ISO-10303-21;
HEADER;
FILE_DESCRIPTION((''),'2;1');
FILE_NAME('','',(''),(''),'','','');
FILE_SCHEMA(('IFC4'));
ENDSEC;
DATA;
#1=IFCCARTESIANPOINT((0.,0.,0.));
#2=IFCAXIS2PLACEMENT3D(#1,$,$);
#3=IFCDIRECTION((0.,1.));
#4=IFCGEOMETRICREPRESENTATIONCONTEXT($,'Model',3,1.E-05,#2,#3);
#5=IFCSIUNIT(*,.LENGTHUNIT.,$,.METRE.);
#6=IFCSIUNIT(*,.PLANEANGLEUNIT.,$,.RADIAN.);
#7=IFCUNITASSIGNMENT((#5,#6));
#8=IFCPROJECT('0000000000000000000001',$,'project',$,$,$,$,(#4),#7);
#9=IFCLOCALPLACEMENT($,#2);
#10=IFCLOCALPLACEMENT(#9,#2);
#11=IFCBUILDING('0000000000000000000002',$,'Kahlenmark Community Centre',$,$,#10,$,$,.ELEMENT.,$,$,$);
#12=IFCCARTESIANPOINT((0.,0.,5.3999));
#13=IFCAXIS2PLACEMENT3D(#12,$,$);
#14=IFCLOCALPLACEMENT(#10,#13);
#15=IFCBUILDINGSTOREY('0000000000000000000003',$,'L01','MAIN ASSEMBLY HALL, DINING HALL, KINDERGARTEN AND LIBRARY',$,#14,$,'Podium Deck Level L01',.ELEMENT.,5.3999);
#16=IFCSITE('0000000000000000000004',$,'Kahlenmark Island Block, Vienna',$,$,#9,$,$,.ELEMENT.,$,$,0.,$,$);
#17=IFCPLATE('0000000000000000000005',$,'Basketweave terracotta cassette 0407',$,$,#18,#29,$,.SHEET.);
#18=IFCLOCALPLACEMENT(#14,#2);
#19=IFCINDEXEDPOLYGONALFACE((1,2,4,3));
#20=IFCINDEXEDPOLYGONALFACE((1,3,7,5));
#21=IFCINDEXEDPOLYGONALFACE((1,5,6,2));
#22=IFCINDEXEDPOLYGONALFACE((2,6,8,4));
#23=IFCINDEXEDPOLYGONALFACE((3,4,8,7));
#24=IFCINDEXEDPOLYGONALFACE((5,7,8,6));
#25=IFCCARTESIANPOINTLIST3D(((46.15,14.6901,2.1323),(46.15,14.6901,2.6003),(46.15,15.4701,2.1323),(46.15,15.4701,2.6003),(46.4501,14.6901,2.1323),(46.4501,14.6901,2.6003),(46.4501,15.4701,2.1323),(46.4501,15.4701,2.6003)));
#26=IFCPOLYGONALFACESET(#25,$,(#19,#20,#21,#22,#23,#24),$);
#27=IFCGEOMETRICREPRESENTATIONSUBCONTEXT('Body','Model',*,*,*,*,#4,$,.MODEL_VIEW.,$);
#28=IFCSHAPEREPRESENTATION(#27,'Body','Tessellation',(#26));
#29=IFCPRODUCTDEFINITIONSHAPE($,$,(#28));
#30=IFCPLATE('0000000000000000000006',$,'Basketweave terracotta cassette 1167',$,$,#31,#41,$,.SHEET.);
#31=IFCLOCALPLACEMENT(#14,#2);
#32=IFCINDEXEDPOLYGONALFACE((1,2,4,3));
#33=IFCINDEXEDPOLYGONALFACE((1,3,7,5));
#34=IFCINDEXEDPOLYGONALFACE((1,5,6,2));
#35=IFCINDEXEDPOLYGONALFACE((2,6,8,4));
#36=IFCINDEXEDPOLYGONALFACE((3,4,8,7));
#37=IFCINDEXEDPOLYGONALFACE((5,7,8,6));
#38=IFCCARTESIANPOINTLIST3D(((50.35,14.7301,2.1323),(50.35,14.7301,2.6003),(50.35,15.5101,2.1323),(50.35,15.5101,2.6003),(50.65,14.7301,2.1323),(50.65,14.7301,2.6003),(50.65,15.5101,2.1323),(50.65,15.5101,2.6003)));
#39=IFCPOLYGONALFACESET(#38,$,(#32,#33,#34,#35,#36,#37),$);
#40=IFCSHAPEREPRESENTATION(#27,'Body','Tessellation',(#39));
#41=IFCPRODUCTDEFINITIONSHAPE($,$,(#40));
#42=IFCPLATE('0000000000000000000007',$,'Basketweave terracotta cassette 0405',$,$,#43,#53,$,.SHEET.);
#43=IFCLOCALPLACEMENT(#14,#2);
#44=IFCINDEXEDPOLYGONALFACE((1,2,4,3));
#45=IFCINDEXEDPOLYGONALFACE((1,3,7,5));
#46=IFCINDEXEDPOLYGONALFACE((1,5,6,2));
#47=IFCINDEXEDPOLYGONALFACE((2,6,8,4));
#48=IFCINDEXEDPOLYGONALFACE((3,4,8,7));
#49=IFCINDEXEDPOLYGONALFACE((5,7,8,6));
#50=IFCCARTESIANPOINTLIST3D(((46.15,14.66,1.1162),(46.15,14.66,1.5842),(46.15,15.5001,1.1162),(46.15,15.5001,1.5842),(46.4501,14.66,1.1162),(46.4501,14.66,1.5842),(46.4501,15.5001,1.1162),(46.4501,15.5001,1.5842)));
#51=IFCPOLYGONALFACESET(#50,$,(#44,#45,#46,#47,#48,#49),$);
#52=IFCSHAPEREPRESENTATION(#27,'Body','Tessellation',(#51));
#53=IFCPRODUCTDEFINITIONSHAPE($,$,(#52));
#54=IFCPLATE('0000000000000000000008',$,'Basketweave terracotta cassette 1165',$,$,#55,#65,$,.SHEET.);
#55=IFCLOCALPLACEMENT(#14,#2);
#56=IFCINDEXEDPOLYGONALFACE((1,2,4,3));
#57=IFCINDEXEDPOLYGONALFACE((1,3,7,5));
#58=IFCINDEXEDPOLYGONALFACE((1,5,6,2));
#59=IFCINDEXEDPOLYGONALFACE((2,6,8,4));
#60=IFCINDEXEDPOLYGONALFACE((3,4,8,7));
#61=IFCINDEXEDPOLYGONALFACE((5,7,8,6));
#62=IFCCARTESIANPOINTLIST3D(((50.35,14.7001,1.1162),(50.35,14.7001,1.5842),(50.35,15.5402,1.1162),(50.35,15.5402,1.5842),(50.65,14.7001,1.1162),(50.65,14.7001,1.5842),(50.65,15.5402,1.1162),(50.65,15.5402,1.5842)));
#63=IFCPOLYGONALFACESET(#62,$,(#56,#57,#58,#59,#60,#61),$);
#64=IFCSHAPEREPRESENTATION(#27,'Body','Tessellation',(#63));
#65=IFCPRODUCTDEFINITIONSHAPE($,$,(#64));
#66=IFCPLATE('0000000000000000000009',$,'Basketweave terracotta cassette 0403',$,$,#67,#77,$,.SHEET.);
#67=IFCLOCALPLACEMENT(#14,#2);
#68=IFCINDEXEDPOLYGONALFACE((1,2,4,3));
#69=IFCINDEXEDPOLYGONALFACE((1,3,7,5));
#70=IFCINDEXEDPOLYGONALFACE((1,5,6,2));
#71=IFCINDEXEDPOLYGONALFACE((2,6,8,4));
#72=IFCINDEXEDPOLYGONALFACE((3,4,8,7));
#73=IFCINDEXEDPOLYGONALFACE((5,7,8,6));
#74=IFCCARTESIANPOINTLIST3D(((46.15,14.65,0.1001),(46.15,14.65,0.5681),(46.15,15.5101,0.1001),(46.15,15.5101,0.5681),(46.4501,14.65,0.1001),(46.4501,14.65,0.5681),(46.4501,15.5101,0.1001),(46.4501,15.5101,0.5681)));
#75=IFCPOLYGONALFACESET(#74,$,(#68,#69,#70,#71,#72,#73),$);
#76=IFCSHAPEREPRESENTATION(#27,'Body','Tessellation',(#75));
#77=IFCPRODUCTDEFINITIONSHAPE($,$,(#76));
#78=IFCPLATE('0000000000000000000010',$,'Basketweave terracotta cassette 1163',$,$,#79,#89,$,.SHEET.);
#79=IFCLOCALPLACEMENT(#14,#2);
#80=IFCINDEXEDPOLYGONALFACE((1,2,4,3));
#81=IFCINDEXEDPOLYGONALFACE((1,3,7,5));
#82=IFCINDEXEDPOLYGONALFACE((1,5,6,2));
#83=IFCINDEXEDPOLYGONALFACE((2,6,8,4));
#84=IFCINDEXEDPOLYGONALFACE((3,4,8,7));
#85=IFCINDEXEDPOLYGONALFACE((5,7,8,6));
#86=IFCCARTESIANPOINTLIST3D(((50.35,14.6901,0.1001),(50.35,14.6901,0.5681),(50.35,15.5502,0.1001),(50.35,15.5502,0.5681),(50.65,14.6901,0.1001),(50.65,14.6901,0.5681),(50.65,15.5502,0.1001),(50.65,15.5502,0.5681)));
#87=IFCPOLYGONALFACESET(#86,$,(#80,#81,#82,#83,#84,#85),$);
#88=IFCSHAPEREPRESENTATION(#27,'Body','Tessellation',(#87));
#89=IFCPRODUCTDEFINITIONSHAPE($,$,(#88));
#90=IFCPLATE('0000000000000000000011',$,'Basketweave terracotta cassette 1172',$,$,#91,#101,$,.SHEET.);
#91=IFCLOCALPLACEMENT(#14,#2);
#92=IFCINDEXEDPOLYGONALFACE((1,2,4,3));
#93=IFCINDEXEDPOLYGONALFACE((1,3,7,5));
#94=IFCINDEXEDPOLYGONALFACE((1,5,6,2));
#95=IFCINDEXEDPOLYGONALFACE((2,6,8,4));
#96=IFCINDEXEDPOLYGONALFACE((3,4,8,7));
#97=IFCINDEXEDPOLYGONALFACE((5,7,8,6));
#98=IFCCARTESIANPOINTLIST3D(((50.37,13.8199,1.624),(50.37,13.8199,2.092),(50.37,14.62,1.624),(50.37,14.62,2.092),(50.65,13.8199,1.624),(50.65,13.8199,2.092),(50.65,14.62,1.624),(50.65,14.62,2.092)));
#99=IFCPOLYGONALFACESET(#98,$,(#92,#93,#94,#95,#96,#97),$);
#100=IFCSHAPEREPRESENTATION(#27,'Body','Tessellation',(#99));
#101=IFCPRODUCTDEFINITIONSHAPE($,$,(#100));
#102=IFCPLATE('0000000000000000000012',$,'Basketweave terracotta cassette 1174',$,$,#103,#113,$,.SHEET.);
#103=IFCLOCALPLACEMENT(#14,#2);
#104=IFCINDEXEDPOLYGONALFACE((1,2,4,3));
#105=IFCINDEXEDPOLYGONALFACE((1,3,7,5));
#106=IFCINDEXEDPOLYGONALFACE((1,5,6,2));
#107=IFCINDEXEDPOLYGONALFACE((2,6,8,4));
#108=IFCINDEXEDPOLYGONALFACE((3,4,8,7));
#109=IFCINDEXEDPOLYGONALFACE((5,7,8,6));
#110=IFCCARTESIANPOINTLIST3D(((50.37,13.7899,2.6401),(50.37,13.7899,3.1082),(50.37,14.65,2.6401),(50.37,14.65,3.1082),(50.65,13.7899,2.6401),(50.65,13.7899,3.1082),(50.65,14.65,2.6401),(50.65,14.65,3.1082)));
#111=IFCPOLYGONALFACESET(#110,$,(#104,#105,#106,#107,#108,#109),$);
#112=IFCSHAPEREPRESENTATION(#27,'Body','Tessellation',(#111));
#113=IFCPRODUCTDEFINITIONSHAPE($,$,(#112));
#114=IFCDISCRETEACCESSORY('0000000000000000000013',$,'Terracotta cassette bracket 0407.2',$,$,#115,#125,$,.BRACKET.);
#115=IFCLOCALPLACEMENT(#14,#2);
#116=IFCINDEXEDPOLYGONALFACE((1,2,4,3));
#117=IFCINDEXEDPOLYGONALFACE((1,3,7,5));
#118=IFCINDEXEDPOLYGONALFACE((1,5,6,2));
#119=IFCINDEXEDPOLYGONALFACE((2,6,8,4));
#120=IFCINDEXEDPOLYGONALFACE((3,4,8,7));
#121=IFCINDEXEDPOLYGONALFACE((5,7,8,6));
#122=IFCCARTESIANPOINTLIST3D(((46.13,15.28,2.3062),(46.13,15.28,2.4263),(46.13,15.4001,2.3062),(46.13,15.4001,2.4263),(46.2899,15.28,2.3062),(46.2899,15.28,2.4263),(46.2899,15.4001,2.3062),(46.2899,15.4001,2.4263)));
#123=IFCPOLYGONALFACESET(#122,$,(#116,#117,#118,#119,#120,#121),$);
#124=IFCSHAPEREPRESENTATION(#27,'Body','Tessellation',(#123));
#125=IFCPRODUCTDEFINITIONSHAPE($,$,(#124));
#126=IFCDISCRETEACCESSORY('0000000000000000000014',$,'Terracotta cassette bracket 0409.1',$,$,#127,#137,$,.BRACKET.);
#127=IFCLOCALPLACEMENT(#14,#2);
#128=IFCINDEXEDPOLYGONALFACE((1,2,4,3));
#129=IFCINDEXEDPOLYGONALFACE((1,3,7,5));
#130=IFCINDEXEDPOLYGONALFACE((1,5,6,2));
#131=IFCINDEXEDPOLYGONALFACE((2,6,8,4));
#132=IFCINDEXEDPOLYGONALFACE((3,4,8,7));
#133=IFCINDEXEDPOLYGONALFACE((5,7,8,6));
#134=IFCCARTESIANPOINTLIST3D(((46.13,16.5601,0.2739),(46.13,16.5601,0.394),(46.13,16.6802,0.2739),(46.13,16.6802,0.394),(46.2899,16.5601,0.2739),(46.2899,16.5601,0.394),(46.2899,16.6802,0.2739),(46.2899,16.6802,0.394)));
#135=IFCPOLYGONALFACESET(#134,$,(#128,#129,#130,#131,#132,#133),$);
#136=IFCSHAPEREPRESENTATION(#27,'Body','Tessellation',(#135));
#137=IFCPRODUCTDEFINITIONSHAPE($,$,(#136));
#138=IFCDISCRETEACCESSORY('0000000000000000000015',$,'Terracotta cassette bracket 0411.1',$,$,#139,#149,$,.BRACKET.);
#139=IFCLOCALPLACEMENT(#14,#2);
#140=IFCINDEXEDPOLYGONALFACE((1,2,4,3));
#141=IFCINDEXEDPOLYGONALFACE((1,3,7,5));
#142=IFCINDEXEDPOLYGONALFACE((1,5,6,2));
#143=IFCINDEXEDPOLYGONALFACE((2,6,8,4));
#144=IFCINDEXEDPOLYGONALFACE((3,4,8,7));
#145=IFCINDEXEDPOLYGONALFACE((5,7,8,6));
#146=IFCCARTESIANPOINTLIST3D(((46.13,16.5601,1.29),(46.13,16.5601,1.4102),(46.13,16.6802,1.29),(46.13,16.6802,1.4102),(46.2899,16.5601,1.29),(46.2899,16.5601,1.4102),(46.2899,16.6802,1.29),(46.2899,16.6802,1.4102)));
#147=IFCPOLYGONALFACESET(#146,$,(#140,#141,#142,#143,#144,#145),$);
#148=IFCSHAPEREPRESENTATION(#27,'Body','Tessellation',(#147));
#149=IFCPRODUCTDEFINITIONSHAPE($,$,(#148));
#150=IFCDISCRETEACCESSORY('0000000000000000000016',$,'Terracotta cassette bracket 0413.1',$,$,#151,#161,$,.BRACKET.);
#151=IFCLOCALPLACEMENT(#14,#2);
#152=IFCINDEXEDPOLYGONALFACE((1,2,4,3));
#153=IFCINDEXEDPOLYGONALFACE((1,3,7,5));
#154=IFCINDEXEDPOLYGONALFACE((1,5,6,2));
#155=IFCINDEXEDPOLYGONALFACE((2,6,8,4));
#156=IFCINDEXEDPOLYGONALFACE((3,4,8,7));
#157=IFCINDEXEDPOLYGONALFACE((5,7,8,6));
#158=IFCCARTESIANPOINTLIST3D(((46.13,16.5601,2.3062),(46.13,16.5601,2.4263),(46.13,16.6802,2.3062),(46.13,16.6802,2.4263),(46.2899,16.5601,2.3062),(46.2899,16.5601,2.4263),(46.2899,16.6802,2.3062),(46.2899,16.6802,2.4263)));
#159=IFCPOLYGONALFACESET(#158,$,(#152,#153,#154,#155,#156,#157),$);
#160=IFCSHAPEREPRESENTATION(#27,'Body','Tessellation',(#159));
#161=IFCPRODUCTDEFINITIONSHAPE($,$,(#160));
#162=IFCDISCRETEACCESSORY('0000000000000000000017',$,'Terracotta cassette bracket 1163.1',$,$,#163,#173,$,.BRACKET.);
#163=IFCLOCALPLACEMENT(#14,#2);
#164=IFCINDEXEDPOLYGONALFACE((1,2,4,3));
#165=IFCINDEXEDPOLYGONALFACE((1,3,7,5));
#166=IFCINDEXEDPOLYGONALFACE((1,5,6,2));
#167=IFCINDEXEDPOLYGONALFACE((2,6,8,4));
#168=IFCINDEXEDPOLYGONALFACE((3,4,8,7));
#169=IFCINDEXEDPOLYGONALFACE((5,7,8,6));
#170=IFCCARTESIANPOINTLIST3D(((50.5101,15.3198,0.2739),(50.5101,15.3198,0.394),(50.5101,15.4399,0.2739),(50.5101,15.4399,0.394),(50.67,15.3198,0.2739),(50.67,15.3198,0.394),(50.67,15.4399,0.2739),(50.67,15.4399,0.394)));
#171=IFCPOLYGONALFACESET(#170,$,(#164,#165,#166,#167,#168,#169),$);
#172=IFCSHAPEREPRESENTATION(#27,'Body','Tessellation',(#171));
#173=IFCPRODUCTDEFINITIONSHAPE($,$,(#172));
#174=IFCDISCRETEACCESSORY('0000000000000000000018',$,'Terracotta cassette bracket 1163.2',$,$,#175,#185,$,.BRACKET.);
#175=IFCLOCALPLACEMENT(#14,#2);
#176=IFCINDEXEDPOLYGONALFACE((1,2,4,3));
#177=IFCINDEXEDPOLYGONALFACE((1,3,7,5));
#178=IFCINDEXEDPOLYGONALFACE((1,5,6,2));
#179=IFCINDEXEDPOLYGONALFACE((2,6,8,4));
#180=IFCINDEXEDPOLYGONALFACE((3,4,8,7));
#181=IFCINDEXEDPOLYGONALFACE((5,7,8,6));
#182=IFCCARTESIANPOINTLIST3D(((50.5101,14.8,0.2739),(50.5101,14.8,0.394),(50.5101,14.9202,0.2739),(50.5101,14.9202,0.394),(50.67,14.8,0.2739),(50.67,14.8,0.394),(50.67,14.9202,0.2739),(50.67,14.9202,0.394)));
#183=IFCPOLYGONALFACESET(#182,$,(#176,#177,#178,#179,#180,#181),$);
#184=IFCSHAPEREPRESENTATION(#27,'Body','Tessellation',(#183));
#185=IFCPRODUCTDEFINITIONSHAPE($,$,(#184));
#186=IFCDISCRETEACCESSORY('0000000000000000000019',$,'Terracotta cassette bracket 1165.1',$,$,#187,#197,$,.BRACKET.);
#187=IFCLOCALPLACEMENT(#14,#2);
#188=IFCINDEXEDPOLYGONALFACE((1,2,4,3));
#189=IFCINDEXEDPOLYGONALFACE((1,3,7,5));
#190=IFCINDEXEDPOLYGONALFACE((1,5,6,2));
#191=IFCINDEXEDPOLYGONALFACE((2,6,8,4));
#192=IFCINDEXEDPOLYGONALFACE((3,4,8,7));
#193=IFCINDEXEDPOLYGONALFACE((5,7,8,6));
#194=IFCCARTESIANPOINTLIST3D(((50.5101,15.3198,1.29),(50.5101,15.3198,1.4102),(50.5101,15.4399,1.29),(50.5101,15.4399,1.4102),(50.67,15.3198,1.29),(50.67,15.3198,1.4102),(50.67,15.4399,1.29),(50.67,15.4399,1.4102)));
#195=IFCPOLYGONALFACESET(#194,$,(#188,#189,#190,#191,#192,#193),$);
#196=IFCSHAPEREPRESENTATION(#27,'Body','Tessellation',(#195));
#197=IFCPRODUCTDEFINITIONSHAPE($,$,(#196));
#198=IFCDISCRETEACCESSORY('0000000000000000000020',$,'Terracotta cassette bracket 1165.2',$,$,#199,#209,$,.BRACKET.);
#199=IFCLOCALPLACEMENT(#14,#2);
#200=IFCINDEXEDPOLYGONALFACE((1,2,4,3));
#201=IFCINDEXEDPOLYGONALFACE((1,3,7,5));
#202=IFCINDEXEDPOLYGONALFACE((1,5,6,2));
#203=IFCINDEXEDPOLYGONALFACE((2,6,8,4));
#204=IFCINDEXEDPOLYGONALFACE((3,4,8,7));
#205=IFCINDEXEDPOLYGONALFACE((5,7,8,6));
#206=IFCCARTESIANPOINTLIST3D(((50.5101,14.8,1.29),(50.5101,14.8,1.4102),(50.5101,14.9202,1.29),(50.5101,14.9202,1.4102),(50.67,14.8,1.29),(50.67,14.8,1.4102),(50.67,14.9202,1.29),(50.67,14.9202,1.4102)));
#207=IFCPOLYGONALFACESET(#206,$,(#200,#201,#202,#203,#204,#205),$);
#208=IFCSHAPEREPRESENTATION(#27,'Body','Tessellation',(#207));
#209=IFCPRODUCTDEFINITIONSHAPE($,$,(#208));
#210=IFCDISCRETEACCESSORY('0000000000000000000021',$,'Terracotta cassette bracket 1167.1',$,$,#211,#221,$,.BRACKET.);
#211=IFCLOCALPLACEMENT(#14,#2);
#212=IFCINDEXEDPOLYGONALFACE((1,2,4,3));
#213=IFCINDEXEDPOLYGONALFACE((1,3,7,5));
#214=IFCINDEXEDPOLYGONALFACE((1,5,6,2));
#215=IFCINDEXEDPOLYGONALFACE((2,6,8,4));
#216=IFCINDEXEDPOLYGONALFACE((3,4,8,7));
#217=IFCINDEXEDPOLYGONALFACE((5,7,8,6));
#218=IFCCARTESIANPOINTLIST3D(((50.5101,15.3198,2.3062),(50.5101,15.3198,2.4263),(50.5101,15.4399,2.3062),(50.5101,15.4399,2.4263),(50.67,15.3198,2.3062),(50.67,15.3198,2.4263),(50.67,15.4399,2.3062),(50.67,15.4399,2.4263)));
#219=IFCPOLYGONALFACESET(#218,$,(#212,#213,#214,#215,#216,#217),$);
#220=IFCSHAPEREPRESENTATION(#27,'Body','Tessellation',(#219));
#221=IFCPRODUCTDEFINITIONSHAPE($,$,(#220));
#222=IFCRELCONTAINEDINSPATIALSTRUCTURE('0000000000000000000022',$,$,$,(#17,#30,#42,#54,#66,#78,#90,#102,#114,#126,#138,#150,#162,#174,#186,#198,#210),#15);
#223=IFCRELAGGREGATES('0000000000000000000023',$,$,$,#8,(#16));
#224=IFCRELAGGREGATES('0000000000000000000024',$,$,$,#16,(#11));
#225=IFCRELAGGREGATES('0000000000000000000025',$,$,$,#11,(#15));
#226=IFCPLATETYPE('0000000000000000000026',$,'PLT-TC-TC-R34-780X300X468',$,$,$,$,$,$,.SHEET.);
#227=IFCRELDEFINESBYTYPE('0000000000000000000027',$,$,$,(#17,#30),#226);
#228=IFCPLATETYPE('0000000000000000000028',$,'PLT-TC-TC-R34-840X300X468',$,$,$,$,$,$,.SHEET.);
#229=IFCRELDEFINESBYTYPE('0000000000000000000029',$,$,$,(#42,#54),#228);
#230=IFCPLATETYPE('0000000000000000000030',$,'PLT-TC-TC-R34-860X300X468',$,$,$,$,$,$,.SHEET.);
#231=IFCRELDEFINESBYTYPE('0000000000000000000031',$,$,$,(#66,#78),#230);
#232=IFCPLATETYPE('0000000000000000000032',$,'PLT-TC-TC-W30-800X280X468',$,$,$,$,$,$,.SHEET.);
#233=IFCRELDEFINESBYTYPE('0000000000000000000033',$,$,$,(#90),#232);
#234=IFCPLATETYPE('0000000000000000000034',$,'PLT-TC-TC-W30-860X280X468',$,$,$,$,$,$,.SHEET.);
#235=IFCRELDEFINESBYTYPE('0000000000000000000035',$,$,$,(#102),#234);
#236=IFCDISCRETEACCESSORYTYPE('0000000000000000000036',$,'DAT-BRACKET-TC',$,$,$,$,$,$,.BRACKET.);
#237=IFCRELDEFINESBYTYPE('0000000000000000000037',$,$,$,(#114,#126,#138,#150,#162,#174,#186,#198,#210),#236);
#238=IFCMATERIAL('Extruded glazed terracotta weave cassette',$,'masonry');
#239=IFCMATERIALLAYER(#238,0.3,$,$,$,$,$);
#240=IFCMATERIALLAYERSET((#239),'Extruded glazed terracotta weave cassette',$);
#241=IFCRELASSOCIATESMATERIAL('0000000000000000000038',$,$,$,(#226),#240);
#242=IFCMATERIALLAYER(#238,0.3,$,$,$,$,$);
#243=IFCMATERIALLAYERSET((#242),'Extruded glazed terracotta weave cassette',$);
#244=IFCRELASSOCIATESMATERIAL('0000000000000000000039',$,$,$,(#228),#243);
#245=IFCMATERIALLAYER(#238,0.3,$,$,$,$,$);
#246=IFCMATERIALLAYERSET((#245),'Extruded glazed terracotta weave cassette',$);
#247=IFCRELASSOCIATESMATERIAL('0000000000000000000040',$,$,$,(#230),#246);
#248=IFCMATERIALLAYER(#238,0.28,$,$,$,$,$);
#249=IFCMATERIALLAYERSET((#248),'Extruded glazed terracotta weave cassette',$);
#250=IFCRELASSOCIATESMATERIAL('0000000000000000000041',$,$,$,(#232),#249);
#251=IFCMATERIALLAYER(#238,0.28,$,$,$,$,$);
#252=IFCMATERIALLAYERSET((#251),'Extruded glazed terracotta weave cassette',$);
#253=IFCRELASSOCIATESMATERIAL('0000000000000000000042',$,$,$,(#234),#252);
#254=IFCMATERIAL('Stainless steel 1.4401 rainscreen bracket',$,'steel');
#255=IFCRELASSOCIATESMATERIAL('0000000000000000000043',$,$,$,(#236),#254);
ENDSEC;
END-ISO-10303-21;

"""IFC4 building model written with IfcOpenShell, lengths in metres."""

from ifc_helpers import new_model, si_unit, direction, frame, origin, origin_2d, place, context, subcontext, project, spatial, rectangle, extrude, material, layer, layer_set, type_object, element, save


model = new_model("IFC4")

# Units and contexts
model_context = context("Model", 3, precision=1e-05, world=origin(), true_north=direction((0.0, 1.0)))
body_context = subcontext(model_context, "Body", "Model", "MODEL_VIEW")
ifc_project = project(units=[si_unit("LENGTHUNIT", "METRE"), si_unit("PLANEANGLEUNIT", "RADIAN")], contexts=[model_context])

# Site, building, storey
site_placement = place(None, origin())
site = spatial("IfcSite", under=ifc_project, at=site_placement, Name="Kahlenmark Island Block, Vienna", CompositionType="ELEMENT", RefElevation=0.0)
building_placement = place(site_placement, origin())
building = spatial("IfcBuilding", under=site, at=building_placement, Name="Kahlenmark Community Centre", CompositionType="ELEMENT")
storey_placement = place(building_placement, frame((0.0, 0.0, 5.3999)))
storey = spatial("IfcBuildingStorey", under=building, at=storey_placement, Name="L01", Description="MAIN ASSEMBLY HALL, DINING HALL, KINDERGARTEN AND LIBRARY", LongName="Podium Deck Level L01", CompositionType="ELEMENT", Elevation=5.3999)

# Plates
ifc_material_1 = material(Name="Extruded glazed terracotta weave cassette", Category="masonry")
ifc_layer_1 = layer(ifc_material_1, 0.3)
ifc_layer_set_1 = layer_set([ifc_layer_1], Name="Extruded glazed terracotta weave cassette")
plate_type_1 = type_object("IfcPlateType", Name="PLT-TC-TC-R34-780X300X468", PredefinedType="SHEET", material=ifc_layer_set_1)
for number, where, z_axis, x_axis, name in (
    (1, (46.3, 15.0801, 2.1323), (0.0, 0.0, 1.0), (0.0, 1.0, 0.0), "Basketweave terracotta cassette 0407"),
    (2, (50.5, 15.1201, 2.1323), (0.0, 0.0, 1.0), (0.0, -1.0, 0.0), "Basketweave terracotta cassette 1167"),
):
    element("IfcPlate", number, at=place(storey_placement, frame(where, z_axis=z_axis, x_axis=x_axis)), inside=storey, type_object=plate_type_1, Name=name, PredefinedType="SHEET", context=body_context, shape_type="SweptSolid", body=[
        extrude(rectangle(XDim=0.78, YDim=0.3, at=origin_2d()), origin(), (0.0, 0.0, 1.0), 0.468),
    ])
ifc_layer_2 = layer(ifc_material_1, 0.3)
ifc_layer_set_2 = layer_set([ifc_layer_2], Name="Extruded glazed terracotta weave cassette")
plate_type_2 = type_object("IfcPlateType", Name="PLT-TC-TC-R34-840X300X468", PredefinedType="SHEET", material=ifc_layer_set_2)
for number, where, z_axis, x_axis, name in (
    (3, (46.3, 15.0801, 1.1162), (0.0, 0.0, 1.0), (0.0, 1.0, 0.0), "Basketweave terracotta cassette 0405"),
    (4, (50.5, 15.1201, 1.1162), (0.0, 0.0, 1.0), (0.0, -1.0, 0.0), "Basketweave terracotta cassette 1165"),
):
    element("IfcPlate", number, at=place(storey_placement, frame(where, z_axis=z_axis, x_axis=x_axis)), inside=storey, type_object=plate_type_2, Name=name, PredefinedType="SHEET", context=body_context, shape_type="SweptSolid", body=[
        extrude(rectangle(XDim=0.8401, YDim=0.3, at=origin_2d()), origin(), (0.0, 0.0, 1.0), 0.468),
    ])
ifc_layer_3 = layer(ifc_material_1, 0.3)
ifc_layer_set_3 = layer_set([ifc_layer_3], Name="Extruded glazed terracotta weave cassette")
plate_type_3 = type_object("IfcPlateType", Name="PLT-TC-TC-R34-860X300X468", PredefinedType="SHEET", material=ifc_layer_set_3)
for number, where, z_axis, x_axis, name in (
    (5, (46.3, 15.0801, 0.1001), (0.0, 0.0, 1.0), (0.0, 1.0, 0.0), "Basketweave terracotta cassette 0403"),
    (6, (50.5, 15.1201, 0.1001), (0.0, 0.0, 1.0), (0.0, -1.0, 0.0), "Basketweave terracotta cassette 1163"),
):
    element("IfcPlate", number, at=place(storey_placement, frame(where, z_axis=z_axis, x_axis=x_axis)), inside=storey, type_object=plate_type_3, Name=name, PredefinedType="SHEET", context=body_context, shape_type="SweptSolid", body=[
        extrude(rectangle(XDim=0.8601, YDim=0.3, at=origin_2d()), origin(), (0.0, 0.0, 1.0), 0.468),
    ])
ifc_layer_4 = layer(ifc_material_1, 0.28)
ifc_layer_set_4 = layer_set([ifc_layer_4], Name="Extruded glazed terracotta weave cassette")
plate_type_4 = type_object("IfcPlateType", Name="PLT-TC-TC-W30-800X280X468", PredefinedType="SHEET", material=ifc_layer_set_4)
plate_1_placement = place(storey_placement, frame((50.51, 14.22, 1.624), z_axis=(0.0, 0.0, 1.0), x_axis=(0.0, -1.0, 0.0)))
element("IfcPlate", 7, at=plate_1_placement, inside=storey, type_object=plate_type_4, Name="Basketweave terracotta cassette 1172", PredefinedType="SHEET", context=body_context, shape_type="SweptSolid", body=[
    extrude(rectangle(XDim=0.8, YDim=0.28, at=origin_2d()), origin(), (0.0, 0.0, 1.0), 0.468),
])
ifc_layer_5 = layer(ifc_material_1, 0.28)
ifc_layer_set_5 = layer_set([ifc_layer_5], Name="Extruded glazed terracotta weave cassette")
plate_type_5 = type_object("IfcPlateType", Name="PLT-TC-TC-W30-860X280X468", PredefinedType="SHEET", material=ifc_layer_set_5)
plate_2_placement = place(storey_placement, frame((50.51, 14.22, 2.6401), z_axis=(0.0, 0.0, 1.0), x_axis=(0.0, -1.0, 0.0)))
element("IfcPlate", 8, at=plate_2_placement, inside=storey, type_object=plate_type_5, Name="Basketweave terracotta cassette 1174", PredefinedType="SHEET", context=body_context, shape_type="SweptSolid", body=[
    extrude(rectangle(XDim=0.8601, YDim=0.28, at=origin_2d()), origin(), (0.0, 0.0, 1.0), 0.468),
])

# Discrete accessories
ifc_material_2 = material(Name="Stainless steel 1.4401 rainscreen bracket", Category="steel")
discrete_accessory_type = type_object("IfcDiscreteAccessoryType", Name="DAT-BRACKET-TC", PredefinedType="BRACKET", material=ifc_material_2)
for number, where, z_axis, x_axis, name in (
    (9, (46.21, 15.3401, 2.3062), (0.0, 0.0, 1.0), (0.0, 1.0, 0.0), "Terracotta cassette bracket 0407.2"),
    (10, (46.21, 16.6201, 0.2739), (0.0, 0.0, 1.0), (0.0, 1.0, 0.0), "Terracotta cassette bracket 0409.1"),
    (11, (46.21, 16.6201, 1.29), (0.0, 0.0, 1.0), (0.0, 1.0, 0.0), "Terracotta cassette bracket 0411.1"),
    (12, (46.21, 16.6201, 2.3062), (0.0, 0.0, 1.0), (0.0, 1.0, 0.0), "Terracotta cassette bracket 0413.1"),
    (13, (50.5901, 15.3799, 0.2739), (0.0, 0.0, 1.0), (0.0, -1.0, 0.0), "Terracotta cassette bracket 1163.1"),
    (14, (50.5901, 14.8601, 0.2739), (0.0, 0.0, 1.0), (0.0, -1.0, 0.0), "Terracotta cassette bracket 1163.2"),
    (15, (50.5901, 15.3799, 1.29), (0.0, 0.0, 1.0), (0.0, -1.0, 0.0), "Terracotta cassette bracket 1165.1"),
    (16, (50.5901, 14.8601, 1.29), (0.0, 0.0, 1.0), (0.0, -1.0, 0.0), "Terracotta cassette bracket 1165.2"),
    (17, (50.5901, 15.3799, 2.3062), (0.0, 0.0, 1.0), (0.0, -1.0, 0.0), "Terracotta cassette bracket 1167.1"),
):
    element("IfcDiscreteAccessory", number, at=place(storey_placement, frame(where, z_axis=z_axis, x_axis=x_axis)), inside=storey, type_object=discrete_accessory_type, Name=name, PredefinedType="BRACKET", context=body_context, shape_type="SweptSolid", body=[
        extrude(rectangle(XDim=0.1201, YDim=0.1599, at=origin_2d()), origin(), (0.0, 0.0, 1.0), 0.1201),
    ])

save(model, "model.ifc")
